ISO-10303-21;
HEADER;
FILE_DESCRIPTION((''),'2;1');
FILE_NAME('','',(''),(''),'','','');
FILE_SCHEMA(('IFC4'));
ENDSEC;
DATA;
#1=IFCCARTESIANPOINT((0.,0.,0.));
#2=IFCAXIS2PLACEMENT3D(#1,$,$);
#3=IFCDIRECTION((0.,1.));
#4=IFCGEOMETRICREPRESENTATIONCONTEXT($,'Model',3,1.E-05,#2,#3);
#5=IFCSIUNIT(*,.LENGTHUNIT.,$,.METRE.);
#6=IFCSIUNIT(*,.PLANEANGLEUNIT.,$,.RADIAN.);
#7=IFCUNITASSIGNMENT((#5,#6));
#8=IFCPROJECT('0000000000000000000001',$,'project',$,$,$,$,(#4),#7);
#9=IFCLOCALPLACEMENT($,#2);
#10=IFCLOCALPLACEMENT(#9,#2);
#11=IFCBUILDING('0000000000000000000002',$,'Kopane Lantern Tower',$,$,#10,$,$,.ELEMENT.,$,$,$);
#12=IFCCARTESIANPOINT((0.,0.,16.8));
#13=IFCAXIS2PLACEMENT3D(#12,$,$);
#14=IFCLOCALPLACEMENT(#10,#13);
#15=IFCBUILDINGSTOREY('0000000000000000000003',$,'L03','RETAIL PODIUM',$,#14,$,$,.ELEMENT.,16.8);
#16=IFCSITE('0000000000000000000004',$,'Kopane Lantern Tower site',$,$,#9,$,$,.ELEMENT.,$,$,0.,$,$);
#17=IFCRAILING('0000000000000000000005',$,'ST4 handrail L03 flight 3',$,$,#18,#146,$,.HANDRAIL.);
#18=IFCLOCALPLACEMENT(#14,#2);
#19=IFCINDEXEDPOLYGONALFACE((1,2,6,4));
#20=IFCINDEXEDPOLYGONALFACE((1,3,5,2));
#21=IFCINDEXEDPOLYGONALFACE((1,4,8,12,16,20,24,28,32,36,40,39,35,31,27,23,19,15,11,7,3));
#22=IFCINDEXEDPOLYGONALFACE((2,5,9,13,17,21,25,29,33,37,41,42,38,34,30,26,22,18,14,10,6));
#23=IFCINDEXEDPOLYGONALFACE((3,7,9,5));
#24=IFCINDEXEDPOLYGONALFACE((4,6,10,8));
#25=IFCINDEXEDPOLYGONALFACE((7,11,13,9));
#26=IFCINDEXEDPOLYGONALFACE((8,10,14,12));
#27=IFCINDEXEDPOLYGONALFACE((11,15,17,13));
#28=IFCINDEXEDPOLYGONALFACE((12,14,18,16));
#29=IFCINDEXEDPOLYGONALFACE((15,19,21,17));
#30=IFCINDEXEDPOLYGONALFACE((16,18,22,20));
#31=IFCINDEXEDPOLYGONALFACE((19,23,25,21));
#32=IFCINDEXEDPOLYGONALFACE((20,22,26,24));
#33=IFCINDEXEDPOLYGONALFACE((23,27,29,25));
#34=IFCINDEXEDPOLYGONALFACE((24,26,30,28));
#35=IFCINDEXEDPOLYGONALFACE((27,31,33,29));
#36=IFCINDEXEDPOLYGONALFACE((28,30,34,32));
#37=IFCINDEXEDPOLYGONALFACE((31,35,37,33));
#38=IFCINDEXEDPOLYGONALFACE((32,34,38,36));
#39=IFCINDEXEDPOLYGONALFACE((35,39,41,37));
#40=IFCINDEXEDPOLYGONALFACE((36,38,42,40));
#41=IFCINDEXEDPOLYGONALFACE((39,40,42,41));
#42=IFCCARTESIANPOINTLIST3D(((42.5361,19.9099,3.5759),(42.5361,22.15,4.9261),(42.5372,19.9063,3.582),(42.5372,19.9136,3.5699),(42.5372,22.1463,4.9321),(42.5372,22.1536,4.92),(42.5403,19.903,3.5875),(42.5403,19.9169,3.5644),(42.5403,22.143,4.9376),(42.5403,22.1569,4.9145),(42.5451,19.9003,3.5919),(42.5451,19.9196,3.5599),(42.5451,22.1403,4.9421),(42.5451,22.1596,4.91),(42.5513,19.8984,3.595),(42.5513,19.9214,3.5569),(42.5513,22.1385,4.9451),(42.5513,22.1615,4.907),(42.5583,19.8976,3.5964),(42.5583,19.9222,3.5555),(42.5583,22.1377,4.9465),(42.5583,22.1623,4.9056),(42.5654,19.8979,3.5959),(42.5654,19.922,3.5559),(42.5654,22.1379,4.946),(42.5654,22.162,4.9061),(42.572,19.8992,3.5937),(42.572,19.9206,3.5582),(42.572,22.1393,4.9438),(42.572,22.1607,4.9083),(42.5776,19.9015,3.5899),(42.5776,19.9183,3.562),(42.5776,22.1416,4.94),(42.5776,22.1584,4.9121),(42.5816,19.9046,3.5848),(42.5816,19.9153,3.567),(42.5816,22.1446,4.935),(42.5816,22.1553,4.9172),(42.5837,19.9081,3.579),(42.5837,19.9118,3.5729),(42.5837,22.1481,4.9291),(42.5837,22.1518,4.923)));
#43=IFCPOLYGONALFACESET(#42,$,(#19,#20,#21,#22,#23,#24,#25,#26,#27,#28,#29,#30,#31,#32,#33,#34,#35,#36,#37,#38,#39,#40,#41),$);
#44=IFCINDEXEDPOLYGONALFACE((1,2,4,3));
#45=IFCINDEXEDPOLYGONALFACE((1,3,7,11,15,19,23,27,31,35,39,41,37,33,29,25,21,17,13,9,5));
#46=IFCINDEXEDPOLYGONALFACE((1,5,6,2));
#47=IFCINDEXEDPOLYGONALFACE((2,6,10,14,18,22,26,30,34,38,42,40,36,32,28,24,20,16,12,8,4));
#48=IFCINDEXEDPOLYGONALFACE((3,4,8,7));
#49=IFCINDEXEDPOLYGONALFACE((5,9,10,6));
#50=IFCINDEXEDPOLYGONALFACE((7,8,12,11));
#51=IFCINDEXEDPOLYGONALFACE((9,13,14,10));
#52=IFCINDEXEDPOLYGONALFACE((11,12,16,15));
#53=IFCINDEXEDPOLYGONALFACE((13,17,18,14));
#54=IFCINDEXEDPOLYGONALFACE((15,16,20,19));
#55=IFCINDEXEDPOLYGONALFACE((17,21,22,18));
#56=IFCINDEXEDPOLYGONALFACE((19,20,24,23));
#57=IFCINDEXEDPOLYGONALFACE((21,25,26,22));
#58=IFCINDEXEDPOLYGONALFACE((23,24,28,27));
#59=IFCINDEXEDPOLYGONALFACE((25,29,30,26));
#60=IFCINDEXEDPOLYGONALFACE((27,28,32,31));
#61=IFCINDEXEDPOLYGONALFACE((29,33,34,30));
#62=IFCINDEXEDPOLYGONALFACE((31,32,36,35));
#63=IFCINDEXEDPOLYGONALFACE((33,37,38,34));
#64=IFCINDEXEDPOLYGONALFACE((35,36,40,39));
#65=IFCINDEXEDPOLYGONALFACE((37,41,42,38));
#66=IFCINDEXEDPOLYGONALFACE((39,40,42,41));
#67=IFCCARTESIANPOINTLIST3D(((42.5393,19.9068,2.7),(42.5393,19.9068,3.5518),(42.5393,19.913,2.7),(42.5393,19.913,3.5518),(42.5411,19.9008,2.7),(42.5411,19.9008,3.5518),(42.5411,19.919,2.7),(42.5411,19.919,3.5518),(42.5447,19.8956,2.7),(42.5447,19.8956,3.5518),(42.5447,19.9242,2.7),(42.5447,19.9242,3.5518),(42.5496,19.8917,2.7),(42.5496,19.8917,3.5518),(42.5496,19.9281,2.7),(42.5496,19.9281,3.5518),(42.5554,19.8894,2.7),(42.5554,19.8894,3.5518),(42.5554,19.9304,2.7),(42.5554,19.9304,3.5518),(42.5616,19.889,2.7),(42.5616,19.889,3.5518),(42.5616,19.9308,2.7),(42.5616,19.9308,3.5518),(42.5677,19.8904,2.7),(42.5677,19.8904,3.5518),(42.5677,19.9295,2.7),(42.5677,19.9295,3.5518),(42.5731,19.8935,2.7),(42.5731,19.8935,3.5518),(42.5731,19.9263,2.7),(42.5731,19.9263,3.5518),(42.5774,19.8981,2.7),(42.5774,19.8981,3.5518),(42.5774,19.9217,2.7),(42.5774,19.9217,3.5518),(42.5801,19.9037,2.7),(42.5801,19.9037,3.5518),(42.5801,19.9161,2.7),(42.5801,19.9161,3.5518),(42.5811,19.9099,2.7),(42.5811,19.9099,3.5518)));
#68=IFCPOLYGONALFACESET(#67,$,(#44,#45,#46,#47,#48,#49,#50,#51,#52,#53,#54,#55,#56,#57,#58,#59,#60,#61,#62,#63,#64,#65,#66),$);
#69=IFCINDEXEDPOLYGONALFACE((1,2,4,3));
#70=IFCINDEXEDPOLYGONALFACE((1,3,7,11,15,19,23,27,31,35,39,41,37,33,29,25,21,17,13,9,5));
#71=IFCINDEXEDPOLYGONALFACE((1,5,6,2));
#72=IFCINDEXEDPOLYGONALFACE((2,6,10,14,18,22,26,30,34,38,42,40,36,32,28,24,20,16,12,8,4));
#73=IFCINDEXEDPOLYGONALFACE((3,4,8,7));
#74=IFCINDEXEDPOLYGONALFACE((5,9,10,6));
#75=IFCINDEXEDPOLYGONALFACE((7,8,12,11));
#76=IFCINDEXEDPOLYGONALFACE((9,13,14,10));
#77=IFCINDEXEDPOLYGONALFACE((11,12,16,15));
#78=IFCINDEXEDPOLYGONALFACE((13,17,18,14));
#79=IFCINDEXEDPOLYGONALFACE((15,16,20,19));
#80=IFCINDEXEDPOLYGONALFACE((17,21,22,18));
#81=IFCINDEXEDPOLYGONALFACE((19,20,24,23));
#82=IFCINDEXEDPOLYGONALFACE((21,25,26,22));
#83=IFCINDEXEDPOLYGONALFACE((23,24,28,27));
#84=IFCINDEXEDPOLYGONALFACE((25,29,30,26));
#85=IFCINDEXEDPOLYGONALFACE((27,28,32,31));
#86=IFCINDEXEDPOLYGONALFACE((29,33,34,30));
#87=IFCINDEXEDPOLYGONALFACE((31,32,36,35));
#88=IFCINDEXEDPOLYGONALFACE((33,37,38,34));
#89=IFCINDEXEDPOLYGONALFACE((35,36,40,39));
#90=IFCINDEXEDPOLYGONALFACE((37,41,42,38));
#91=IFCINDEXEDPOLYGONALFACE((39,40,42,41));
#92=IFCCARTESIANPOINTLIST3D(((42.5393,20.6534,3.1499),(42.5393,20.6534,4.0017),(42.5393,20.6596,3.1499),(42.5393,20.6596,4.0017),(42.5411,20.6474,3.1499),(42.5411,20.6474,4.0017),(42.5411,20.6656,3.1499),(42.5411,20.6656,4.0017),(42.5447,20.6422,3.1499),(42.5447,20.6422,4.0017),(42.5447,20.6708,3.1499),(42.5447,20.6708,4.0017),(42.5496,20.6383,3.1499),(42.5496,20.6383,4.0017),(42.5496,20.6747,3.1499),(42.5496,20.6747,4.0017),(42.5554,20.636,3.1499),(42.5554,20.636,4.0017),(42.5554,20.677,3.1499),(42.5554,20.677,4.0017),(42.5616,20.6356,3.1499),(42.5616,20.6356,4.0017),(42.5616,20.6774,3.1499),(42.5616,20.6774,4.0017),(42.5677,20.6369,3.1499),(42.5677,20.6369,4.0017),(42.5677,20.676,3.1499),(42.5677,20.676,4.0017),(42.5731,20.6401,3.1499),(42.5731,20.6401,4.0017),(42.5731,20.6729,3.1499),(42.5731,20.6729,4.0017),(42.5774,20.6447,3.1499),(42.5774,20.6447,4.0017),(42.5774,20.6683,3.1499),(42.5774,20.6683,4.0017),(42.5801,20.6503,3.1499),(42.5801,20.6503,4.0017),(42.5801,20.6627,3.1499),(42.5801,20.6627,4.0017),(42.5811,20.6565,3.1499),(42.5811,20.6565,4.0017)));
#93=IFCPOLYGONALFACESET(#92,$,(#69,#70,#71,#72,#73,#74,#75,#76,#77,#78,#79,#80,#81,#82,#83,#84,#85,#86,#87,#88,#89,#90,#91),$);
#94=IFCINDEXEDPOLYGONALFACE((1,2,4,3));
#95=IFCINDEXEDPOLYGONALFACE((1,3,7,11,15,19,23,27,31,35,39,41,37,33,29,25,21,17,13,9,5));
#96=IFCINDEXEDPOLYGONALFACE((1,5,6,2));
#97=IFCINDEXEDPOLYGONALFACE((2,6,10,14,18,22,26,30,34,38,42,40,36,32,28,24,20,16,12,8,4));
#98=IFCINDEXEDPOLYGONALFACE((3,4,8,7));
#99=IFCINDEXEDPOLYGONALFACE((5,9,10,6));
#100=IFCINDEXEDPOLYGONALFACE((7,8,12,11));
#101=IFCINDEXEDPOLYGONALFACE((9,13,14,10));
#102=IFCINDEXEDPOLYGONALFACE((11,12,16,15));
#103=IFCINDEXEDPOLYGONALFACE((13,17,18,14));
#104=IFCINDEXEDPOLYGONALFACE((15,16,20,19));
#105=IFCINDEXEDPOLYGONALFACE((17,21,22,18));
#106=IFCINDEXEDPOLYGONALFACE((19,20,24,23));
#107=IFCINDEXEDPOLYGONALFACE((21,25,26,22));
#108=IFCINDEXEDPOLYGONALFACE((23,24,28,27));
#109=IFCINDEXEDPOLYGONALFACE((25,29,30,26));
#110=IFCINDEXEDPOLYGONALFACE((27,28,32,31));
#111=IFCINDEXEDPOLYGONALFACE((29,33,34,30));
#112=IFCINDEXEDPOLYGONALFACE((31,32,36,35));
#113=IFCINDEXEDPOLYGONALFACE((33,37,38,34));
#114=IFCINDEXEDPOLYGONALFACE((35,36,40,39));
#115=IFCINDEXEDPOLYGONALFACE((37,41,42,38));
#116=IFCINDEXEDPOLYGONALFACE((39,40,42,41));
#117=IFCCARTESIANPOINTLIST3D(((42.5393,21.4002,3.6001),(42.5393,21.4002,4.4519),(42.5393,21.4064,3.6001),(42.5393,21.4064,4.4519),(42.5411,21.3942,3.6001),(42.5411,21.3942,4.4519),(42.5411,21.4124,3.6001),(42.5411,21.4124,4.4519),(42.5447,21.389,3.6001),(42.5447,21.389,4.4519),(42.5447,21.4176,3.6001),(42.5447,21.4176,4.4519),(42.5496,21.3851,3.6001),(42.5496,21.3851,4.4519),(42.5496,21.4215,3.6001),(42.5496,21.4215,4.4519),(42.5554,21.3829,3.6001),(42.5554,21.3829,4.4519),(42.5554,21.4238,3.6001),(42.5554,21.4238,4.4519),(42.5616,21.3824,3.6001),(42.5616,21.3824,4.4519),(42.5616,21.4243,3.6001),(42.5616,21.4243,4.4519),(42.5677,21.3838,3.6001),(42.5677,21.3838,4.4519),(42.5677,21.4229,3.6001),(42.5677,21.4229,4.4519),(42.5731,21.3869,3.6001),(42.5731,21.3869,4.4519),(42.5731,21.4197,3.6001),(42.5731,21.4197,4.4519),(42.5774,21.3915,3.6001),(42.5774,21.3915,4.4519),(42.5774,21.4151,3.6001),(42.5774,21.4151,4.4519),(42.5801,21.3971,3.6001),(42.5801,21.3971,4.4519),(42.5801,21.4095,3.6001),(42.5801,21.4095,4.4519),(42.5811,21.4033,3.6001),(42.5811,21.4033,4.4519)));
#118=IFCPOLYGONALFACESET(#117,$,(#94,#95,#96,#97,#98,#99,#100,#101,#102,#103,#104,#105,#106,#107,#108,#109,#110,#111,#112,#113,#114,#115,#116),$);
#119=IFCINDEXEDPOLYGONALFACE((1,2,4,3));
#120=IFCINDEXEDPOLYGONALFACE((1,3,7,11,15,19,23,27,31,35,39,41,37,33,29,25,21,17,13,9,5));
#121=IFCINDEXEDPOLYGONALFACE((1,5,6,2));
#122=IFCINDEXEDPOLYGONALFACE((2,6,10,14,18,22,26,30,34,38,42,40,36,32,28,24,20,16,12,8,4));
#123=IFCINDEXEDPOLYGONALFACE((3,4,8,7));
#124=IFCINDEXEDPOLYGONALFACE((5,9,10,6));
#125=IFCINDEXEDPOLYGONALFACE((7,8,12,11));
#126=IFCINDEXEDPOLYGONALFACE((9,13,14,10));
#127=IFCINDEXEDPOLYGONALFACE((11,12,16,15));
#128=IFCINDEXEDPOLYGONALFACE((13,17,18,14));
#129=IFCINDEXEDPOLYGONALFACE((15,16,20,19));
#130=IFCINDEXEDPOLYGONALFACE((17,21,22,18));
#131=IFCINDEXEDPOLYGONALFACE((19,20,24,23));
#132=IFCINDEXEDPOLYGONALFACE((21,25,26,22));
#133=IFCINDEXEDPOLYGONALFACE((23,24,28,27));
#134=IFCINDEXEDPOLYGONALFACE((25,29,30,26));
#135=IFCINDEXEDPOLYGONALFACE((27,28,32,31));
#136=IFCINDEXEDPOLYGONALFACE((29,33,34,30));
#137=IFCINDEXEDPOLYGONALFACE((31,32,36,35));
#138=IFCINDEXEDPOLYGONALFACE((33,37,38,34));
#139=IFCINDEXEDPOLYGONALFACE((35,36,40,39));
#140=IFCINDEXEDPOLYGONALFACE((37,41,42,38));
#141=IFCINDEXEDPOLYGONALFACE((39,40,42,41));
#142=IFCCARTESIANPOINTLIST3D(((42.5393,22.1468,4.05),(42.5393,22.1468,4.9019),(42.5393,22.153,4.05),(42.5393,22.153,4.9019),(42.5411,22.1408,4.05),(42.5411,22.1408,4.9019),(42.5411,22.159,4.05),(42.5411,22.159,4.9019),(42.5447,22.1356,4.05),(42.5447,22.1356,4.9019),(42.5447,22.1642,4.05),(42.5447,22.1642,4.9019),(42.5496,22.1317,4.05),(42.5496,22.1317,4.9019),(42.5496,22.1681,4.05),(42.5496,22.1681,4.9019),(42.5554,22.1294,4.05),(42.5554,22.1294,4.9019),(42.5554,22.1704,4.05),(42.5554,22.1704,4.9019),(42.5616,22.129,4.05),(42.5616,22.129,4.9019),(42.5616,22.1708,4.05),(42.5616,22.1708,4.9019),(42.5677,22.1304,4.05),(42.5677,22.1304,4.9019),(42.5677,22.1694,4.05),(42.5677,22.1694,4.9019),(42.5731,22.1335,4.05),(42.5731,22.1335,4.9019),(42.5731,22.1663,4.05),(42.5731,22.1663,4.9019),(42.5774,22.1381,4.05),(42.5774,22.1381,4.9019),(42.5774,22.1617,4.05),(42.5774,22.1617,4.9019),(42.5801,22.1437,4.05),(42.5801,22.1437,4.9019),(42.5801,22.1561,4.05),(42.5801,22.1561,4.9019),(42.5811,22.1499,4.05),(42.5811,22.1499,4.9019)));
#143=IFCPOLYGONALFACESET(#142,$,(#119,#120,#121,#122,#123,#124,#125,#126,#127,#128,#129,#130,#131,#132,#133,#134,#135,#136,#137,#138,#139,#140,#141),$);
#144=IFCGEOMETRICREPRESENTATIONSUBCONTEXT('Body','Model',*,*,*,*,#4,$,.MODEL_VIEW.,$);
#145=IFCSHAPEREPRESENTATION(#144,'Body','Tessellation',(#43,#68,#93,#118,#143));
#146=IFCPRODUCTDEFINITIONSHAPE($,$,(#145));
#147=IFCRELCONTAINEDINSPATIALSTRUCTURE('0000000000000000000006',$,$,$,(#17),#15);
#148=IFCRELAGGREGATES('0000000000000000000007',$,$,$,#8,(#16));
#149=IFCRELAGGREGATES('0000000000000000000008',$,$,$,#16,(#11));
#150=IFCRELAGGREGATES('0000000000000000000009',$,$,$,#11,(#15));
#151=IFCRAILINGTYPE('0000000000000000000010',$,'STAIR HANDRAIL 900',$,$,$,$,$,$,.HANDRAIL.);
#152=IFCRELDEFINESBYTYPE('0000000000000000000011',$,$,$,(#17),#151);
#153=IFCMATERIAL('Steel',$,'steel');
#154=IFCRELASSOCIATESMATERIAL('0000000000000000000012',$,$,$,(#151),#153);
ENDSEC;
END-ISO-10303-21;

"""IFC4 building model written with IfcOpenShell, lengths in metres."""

from ifc_helpers import new_model, si_unit, direction, frame, origin, origin_2d, place, context, subcontext, project, spatial, circle, extrude, material, type_object, element, save


model = new_model("IFC4")

# Units and contexts
model_context = context("Model", 3, precision=1e-05, world=origin(), true_north=direction((0.0, 1.0)))
body_context = subcontext(model_context, "Body", "Model", "MODEL_VIEW")
ifc_project = project(units=[si_unit("LENGTHUNIT", "METRE"), si_unit("PLANEANGLEUNIT", "RADIAN")], contexts=[model_context])

# Site, building, storey
site_placement = place(None, origin())
site = spatial("IfcSite", under=ifc_project, at=site_placement, Name="Kopane Lantern Tower site", CompositionType="ELEMENT", RefElevation=0.0)
building_placement = place(site_placement, origin())
building = spatial("IfcBuilding", under=site, at=building_placement, Name="Kopane Lantern Tower", CompositionType="ELEMENT")
storey_placement = place(building_placement, frame((0.0, 0.0, 16.8)))
storey = spatial("IfcBuildingStorey", under=building, at=storey_placement, Name="L03", Description="RETAIL PODIUM", CompositionType="ELEMENT", Elevation=16.8)

# Railing
ifc_material_1 = material(Name="Steel", Category="steel")
railing_type_1 = type_object("IfcRailingType", Name="STAIR HANDRAIL 900", PredefinedType="HANDRAIL", material=ifc_material_1)
for number, where, name in (
    (1, (42.5601, 19.9099, 2.7), "ST4 handrail L03 flight 3"),
):
    element("IfcRailing", number, at=place(storey_placement, frame(where)), inside=storey, type_object=railing_type_1, Name=name, PredefinedType="HANDRAIL", context=body_context, shape_type="SweptSolid", body=[
        extrude(circle(Radius=0.0239, at=origin_2d()), frame((0.0, 0.0, 0.876), z_axis=(0.0, 0.856462, 0.516211), x_axis=(-1.0, 0.0, 0.0)), (0.0, 0.0, 1.0), 2.6155),
        extrude(circle(Radius=0.021, at=origin_2d()), origin(), (0.0, 0.0, 1.0), 0.8518),
        extrude(circle(Radius=0.021, at=origin_2d()), frame((0.0, 0.7466, 0.45)), (0.0, 0.0, 1.0), 0.8518),
        extrude(circle(Radius=0.021, at=origin_2d()), frame((0.0, 1.4934, 0.9001)), (0.0, 0.0, 1.0), 0.8518),
        extrude(circle(Radius=0.021, at=origin_2d()), frame((0.0, 2.24, 1.3501)), (0.0, 0.0, 1.0), 0.8518),
    ])

save(model, "model.ifc")
